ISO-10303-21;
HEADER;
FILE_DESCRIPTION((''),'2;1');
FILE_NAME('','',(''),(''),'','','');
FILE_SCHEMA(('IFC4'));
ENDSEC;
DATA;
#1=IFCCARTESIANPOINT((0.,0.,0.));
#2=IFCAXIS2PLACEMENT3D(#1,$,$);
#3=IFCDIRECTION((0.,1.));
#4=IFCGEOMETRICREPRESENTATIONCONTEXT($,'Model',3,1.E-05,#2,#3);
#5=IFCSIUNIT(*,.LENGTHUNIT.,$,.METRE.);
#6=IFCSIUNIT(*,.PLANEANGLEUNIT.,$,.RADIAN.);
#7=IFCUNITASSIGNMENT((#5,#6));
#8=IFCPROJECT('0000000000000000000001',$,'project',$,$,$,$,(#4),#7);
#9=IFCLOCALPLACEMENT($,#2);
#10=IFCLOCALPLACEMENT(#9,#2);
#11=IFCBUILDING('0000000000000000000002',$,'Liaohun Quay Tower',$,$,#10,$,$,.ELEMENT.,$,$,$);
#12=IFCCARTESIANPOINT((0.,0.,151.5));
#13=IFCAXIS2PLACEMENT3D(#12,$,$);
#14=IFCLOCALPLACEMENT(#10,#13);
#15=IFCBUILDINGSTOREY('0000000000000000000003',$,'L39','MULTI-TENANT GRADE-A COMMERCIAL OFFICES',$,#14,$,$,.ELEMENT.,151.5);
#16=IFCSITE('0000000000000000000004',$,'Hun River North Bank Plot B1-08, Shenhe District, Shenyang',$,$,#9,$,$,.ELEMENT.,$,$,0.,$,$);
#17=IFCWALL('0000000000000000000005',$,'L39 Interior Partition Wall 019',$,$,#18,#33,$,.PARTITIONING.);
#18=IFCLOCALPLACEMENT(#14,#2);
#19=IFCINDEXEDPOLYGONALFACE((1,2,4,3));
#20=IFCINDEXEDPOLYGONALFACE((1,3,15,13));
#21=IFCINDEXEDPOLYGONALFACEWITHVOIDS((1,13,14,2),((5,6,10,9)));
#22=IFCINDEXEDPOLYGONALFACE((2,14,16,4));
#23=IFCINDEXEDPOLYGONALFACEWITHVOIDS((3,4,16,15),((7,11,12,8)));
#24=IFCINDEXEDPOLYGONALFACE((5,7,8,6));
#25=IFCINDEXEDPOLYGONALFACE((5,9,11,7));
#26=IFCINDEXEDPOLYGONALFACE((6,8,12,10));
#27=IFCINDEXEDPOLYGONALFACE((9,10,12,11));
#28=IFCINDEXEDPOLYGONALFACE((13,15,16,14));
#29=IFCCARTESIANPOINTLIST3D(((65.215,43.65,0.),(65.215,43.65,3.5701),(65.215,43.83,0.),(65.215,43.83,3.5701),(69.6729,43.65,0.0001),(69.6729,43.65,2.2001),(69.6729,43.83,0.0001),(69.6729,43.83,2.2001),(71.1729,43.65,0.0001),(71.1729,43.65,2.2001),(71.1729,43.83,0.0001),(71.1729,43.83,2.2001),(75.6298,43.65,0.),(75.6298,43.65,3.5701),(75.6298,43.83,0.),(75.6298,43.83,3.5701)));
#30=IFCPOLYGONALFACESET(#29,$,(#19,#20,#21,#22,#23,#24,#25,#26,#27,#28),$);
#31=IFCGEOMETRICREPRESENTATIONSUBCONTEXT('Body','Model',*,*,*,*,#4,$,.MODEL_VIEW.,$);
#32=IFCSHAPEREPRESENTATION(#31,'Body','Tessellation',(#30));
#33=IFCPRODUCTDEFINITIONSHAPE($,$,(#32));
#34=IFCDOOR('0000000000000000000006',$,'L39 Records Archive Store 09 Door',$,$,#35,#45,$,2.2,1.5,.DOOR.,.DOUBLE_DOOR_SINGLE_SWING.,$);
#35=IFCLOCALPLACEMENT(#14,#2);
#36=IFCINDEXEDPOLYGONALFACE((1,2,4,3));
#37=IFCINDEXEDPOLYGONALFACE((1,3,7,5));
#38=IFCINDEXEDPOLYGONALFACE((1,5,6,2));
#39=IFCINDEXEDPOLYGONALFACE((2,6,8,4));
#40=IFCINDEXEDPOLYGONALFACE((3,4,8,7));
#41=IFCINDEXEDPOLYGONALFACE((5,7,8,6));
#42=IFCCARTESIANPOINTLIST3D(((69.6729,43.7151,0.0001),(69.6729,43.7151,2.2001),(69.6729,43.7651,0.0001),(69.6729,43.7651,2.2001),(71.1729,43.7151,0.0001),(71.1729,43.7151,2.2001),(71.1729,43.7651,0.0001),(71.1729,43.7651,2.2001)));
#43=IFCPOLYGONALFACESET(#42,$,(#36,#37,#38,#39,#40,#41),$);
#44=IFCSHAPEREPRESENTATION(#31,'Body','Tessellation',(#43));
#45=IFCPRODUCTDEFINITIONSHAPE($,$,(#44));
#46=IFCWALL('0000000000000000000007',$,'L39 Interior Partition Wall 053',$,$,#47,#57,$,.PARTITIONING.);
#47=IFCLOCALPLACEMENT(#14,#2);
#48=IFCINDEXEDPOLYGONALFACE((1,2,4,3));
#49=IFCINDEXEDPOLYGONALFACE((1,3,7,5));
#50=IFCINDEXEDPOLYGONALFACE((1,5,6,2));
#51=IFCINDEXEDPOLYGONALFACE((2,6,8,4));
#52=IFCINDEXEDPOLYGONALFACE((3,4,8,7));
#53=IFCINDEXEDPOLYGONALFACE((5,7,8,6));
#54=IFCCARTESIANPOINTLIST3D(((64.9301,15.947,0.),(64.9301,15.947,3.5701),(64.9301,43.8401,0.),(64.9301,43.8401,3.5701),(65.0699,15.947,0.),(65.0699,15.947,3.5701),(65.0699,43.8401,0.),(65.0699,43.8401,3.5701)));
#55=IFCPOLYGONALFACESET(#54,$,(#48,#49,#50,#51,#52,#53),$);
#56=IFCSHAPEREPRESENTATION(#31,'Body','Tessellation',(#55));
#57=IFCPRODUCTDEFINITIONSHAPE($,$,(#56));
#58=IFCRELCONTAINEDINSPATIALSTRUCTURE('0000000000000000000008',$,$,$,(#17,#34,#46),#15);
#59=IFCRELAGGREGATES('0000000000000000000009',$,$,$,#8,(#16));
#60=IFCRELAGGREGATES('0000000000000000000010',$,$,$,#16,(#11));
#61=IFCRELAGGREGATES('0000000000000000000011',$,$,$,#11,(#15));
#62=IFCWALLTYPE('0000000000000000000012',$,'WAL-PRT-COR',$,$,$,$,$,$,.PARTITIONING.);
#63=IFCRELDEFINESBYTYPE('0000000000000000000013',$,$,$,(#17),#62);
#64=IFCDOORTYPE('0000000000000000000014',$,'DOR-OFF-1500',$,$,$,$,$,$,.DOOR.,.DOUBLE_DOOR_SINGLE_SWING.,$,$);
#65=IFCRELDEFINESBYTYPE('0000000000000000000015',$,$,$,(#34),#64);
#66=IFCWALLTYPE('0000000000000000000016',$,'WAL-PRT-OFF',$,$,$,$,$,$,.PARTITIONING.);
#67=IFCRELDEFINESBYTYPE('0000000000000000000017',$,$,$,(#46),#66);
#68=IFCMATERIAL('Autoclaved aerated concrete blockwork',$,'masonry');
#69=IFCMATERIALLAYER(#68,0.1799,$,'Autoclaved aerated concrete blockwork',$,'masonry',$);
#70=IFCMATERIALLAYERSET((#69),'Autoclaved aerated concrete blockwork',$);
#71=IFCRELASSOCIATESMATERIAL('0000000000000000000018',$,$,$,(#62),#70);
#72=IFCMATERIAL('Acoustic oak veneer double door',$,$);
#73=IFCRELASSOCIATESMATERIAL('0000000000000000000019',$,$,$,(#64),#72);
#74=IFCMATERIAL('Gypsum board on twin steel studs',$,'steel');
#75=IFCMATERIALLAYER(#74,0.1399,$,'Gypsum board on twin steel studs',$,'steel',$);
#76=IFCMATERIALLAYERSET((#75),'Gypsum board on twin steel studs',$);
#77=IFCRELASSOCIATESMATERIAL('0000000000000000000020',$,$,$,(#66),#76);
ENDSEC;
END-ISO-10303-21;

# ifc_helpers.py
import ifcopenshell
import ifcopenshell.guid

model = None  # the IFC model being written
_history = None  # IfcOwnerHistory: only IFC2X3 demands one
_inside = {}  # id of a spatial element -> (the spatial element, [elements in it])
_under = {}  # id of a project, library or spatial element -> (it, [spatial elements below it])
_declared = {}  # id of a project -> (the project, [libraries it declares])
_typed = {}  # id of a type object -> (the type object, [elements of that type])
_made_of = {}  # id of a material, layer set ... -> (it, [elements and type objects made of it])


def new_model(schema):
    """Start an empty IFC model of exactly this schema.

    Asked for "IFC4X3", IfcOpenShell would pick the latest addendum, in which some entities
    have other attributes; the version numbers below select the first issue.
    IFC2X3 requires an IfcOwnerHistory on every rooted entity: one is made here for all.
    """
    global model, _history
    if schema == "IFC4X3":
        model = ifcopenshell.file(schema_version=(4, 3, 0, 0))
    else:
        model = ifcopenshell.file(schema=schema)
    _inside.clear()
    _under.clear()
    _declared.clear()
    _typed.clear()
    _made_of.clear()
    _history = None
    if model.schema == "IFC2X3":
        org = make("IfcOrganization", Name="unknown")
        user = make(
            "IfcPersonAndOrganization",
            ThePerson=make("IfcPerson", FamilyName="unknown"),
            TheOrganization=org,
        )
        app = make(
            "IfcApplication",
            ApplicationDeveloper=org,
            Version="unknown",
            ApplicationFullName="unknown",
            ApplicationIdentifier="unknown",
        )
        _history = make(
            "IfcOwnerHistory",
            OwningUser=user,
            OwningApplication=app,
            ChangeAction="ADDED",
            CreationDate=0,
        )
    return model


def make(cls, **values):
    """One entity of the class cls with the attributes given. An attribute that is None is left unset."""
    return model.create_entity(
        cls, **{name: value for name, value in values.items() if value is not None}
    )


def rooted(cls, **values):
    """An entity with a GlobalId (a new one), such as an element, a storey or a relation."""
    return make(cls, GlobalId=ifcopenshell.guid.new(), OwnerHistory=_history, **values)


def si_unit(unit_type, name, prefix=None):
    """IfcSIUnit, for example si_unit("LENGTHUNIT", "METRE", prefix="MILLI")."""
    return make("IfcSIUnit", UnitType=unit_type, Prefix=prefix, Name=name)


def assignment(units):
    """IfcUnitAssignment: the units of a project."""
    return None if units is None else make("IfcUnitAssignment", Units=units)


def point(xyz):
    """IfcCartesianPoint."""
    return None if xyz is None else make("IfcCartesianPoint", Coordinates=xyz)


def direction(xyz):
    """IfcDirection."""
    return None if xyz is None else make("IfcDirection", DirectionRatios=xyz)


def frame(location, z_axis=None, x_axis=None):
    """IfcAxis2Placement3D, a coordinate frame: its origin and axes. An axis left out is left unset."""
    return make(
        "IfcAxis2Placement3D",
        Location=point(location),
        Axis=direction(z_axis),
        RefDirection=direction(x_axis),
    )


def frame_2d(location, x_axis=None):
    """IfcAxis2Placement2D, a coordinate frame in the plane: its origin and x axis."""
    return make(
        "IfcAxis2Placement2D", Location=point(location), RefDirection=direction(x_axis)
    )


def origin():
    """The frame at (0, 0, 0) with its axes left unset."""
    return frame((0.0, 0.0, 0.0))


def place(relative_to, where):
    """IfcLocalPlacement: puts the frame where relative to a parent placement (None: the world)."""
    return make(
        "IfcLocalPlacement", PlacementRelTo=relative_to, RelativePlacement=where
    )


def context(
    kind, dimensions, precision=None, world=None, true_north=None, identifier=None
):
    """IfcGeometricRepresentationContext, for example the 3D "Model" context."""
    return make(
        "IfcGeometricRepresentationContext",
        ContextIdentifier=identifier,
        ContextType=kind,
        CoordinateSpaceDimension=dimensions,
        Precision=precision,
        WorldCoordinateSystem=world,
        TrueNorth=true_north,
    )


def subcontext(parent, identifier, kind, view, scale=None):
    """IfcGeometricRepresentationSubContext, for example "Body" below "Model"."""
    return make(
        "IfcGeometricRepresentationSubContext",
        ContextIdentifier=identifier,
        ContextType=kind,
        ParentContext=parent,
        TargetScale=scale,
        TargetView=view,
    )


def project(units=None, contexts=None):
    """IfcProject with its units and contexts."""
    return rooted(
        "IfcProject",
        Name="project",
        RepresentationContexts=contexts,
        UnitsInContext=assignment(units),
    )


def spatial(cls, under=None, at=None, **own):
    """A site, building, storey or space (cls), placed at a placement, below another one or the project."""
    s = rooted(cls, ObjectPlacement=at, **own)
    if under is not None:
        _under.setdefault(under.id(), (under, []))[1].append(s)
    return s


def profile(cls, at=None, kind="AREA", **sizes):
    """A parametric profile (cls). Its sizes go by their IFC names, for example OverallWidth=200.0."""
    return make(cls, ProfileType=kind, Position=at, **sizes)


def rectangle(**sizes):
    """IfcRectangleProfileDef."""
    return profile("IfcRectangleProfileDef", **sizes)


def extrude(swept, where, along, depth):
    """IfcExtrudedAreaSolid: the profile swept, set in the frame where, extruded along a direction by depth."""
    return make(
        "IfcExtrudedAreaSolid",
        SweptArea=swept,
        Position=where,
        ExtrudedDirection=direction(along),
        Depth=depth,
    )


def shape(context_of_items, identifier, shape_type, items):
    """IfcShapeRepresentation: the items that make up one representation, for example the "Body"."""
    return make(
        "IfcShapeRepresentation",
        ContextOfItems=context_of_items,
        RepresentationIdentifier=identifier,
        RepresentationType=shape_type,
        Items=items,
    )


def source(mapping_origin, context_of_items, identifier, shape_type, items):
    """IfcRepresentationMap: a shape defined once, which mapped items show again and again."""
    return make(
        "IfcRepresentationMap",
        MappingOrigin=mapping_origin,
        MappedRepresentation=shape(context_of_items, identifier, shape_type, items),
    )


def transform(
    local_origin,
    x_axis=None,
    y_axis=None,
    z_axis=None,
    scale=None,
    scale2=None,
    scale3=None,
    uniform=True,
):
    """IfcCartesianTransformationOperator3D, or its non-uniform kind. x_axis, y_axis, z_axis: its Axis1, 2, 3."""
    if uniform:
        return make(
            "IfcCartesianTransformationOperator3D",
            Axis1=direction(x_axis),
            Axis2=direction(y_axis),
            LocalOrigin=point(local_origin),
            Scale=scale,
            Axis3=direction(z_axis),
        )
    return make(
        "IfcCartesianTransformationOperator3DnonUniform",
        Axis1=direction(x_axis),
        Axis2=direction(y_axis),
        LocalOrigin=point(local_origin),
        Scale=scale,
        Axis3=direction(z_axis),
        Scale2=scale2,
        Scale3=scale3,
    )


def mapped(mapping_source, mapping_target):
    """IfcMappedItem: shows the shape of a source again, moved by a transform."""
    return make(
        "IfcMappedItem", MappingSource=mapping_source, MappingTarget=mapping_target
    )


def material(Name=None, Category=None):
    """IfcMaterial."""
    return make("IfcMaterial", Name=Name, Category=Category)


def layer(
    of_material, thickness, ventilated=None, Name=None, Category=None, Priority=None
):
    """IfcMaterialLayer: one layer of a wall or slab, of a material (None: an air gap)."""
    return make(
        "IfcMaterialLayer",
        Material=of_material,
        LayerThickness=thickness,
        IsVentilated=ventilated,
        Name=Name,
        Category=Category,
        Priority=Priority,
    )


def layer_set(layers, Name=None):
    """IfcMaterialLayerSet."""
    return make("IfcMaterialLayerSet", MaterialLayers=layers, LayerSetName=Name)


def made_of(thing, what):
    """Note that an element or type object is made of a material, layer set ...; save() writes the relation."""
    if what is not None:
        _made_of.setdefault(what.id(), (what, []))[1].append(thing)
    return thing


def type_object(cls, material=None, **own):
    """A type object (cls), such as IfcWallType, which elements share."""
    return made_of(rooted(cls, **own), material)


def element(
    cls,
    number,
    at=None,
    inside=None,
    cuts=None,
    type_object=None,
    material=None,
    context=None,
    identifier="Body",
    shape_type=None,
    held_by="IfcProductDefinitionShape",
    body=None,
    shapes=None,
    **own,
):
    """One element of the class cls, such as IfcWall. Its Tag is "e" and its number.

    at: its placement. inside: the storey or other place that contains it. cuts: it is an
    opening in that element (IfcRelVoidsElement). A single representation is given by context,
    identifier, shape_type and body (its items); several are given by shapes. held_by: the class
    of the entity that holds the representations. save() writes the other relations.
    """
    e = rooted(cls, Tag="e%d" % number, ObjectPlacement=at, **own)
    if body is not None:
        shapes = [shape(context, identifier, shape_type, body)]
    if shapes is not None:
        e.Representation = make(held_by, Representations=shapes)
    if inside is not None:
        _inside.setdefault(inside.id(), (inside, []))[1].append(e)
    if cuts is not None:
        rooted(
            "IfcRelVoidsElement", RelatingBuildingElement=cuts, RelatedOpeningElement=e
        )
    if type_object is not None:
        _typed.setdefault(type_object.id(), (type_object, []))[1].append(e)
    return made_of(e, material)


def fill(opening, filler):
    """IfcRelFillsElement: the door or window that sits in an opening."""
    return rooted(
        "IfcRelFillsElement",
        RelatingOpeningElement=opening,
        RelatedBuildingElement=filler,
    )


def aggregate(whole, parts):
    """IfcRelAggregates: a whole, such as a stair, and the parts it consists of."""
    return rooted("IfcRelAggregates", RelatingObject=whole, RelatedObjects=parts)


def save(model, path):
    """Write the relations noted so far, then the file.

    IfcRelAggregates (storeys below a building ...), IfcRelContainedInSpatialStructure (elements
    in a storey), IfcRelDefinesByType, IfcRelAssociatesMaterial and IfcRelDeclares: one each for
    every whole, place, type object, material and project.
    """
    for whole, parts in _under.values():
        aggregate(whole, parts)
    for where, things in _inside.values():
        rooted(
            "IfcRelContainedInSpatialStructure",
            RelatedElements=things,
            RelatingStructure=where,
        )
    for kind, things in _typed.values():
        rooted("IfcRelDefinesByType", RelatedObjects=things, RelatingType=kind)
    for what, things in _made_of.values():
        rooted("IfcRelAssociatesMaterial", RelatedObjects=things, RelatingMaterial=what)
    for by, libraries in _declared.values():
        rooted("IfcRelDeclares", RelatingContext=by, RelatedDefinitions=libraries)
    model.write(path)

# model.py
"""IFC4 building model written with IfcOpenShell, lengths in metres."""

from ifc_helpers import new_model, si_unit, direction, frame, frame_2d, origin, place, context, subcontext, project, spatial, rectangle, extrude, source, transform, mapped, material, layer, layer_set, type_object, element, fill, save


model = new_model("IFC4")

# Units and contexts
model_context = context("Model", 3, precision=1e-05, world=origin(), true_north=direction((0.0, 1.0)))
body_context = subcontext(model_context, "Body", "Model", "MODEL_VIEW")
ifc_project = project(units=[si_unit("LENGTHUNIT", "METRE"), si_unit("PLANEANGLEUNIT", "RADIAN")], contexts=[model_context])

# Site, building, storey
site_placement = place(None, origin())
site = spatial("IfcSite", under=ifc_project, at=site_placement, Name="Hun River North Bank Plot B1-08, Shenhe District, Shenyang", CompositionType="ELEMENT", RefElevation=0.0)
building_placement = place(site_placement, origin())
building = spatial("IfcBuilding", under=site, at=building_placement, Name="Liaohun Quay Tower", CompositionType="ELEMENT")
storey_placement = place(building_placement, frame((0.0, 0.0, 151.5)))
storey = spatial("IfcBuildingStorey", under=building, at=storey_placement, Name="L39", Description="MULTI-TENANT GRADE-A COMMERCIAL OFFICES", CompositionType="ELEMENT", Elevation=151.5)

# Wall, opening, door
ifc_material_1 = material(Name="Autoclaved aerated concrete blockwork", Category="masonry")
ifc_layer_1 = layer(ifc_material_1, 0.1799, Name="Autoclaved aerated concrete blockwork", Category="masonry")
ifc_layer_set_1 = layer_set([ifc_layer_1], Name="Autoclaved aerated concrete blockwork")
wall_type_1 = type_object("IfcWallType", Name="WAL-PRT-COR", PredefinedType="PARTITIONING", material=ifc_layer_set_1)
shared_shape_1 = source(origin(), body_context, "Body", "SweptSolid", [
    extrude(rectangle(XDim=1.5, YDim=2.2, at=frame_2d((0.75, 1.1001))), frame((0.0, 0.0999, 0.0), z_axis=(0.0, -1.0, 0.0), x_axis=(1.0, 0.0, 0.0)), (0.0, 0.0, 1.0), 0.2),
])
ifc_material_2 = material(Name="Acoustic oak veneer double door")
door_type = type_object("IfcDoorType", Name="DOR-OFF-1500", OperationType="DOUBLE_DOOR_SINGLE_SWING", PredefinedType="DOOR", material=ifc_material_2)
shared_shape_2 = source(origin(), body_context, "Body", "SweptSolid", [
    extrude(rectangle(XDim=1.5, YDim=2.2, at=frame_2d((0.75, 1.1001))), frame((0.0, 0.0249, 0.0), z_axis=(0.0, -1.0, 0.0), x_axis=(1.0, 0.0, 0.0)), (0.0, 0.0, 1.0), 0.05),
])
wall_1_placement = place(storey_placement, frame((75.6299, 43.74, 0.0), z_axis=(0.0, 0.0, 1.0), x_axis=(-1.0, 0.0, 0.0)))
wall_1 = element("IfcWall", 1, at=wall_1_placement, inside=storey, type_object=wall_type_1, Name="L39 Interior Partition Wall 019", PredefinedType="PARTITIONING", context=body_context, shape_type="SweptSolid", body=[
    extrude(rectangle(XDim=10.4148, YDim=0.1799, at=frame_2d((5.2075, 0.0))), origin(), (0.0, 0.0, 1.0), 3.5701),
])
opening_1_placement = place(wall_1_placement, frame((4.457, 0.0, 0.0)))
opening_1 = element("IfcOpeningElement", 2, at=opening_1_placement, cuts=wall_1, PredefinedType="OPENING", context=body_context, shape_type="MappedRepresentation", body=[
    mapped(shared_shape_1, transform((0.0, 0.0, 0.0), x_axis=(1.0, 0.0, 0.0), y_axis=(0.0, 1.0, 0.0), z_axis=(0.0, 0.0, 1.0), scale=1.0)),
])
door_1_placement = place(opening_1_placement, origin())
door_1 = element("IfcDoor", 3, at=door_1_placement, inside=storey, type_object=door_type, Name="L39 Records Archive Store 09 Door", OperationType="DOUBLE_DOOR_SINGLE_SWING", OverallHeight=2.2, OverallWidth=1.5, PredefinedType="DOOR", context=body_context, shape_type="MappedRepresentation", body=[
    mapped(shared_shape_2, transform((0.0, 0.0, 0.0), x_axis=(1.0, 0.0, 0.0), y_axis=(0.0, 1.0, 0.0), z_axis=(0.0, 0.0, 1.0), scale=1.0)),
])
fill(opening_1, door_1)

# Wall
ifc_material_3 = material(Name="Gypsum board on twin steel studs", Category="steel")
ifc_layer_2 = layer(ifc_material_3, 0.1399, Name="Gypsum board on twin steel studs", Category="steel")
ifc_layer_set_2 = layer_set([ifc_layer_2], Name="Gypsum board on twin steel studs")
wall_type_2 = type_object("IfcWallType", Name="WAL-PRT-OFF", PredefinedType="PARTITIONING", material=ifc_layer_set_2)
wall_2_placement = place(storey_placement, frame((65.0, 43.8401, 0.0), z_axis=(0.0, 0.0, 1.0), x_axis=(0.0, -1.0, 0.0)))
element("IfcWall", 4, at=wall_2_placement, inside=storey, type_object=wall_type_2, Name="L39 Interior Partition Wall 053", PredefinedType="PARTITIONING", context=body_context, shape_type="SweptSolid", body=[
    extrude(rectangle(XDim=27.8931, YDim=0.1399, at=frame_2d((13.9465, 0.0))), origin(), (0.0, 0.0, 1.0), 3.5701),
])

save(model, "model.ifc")
